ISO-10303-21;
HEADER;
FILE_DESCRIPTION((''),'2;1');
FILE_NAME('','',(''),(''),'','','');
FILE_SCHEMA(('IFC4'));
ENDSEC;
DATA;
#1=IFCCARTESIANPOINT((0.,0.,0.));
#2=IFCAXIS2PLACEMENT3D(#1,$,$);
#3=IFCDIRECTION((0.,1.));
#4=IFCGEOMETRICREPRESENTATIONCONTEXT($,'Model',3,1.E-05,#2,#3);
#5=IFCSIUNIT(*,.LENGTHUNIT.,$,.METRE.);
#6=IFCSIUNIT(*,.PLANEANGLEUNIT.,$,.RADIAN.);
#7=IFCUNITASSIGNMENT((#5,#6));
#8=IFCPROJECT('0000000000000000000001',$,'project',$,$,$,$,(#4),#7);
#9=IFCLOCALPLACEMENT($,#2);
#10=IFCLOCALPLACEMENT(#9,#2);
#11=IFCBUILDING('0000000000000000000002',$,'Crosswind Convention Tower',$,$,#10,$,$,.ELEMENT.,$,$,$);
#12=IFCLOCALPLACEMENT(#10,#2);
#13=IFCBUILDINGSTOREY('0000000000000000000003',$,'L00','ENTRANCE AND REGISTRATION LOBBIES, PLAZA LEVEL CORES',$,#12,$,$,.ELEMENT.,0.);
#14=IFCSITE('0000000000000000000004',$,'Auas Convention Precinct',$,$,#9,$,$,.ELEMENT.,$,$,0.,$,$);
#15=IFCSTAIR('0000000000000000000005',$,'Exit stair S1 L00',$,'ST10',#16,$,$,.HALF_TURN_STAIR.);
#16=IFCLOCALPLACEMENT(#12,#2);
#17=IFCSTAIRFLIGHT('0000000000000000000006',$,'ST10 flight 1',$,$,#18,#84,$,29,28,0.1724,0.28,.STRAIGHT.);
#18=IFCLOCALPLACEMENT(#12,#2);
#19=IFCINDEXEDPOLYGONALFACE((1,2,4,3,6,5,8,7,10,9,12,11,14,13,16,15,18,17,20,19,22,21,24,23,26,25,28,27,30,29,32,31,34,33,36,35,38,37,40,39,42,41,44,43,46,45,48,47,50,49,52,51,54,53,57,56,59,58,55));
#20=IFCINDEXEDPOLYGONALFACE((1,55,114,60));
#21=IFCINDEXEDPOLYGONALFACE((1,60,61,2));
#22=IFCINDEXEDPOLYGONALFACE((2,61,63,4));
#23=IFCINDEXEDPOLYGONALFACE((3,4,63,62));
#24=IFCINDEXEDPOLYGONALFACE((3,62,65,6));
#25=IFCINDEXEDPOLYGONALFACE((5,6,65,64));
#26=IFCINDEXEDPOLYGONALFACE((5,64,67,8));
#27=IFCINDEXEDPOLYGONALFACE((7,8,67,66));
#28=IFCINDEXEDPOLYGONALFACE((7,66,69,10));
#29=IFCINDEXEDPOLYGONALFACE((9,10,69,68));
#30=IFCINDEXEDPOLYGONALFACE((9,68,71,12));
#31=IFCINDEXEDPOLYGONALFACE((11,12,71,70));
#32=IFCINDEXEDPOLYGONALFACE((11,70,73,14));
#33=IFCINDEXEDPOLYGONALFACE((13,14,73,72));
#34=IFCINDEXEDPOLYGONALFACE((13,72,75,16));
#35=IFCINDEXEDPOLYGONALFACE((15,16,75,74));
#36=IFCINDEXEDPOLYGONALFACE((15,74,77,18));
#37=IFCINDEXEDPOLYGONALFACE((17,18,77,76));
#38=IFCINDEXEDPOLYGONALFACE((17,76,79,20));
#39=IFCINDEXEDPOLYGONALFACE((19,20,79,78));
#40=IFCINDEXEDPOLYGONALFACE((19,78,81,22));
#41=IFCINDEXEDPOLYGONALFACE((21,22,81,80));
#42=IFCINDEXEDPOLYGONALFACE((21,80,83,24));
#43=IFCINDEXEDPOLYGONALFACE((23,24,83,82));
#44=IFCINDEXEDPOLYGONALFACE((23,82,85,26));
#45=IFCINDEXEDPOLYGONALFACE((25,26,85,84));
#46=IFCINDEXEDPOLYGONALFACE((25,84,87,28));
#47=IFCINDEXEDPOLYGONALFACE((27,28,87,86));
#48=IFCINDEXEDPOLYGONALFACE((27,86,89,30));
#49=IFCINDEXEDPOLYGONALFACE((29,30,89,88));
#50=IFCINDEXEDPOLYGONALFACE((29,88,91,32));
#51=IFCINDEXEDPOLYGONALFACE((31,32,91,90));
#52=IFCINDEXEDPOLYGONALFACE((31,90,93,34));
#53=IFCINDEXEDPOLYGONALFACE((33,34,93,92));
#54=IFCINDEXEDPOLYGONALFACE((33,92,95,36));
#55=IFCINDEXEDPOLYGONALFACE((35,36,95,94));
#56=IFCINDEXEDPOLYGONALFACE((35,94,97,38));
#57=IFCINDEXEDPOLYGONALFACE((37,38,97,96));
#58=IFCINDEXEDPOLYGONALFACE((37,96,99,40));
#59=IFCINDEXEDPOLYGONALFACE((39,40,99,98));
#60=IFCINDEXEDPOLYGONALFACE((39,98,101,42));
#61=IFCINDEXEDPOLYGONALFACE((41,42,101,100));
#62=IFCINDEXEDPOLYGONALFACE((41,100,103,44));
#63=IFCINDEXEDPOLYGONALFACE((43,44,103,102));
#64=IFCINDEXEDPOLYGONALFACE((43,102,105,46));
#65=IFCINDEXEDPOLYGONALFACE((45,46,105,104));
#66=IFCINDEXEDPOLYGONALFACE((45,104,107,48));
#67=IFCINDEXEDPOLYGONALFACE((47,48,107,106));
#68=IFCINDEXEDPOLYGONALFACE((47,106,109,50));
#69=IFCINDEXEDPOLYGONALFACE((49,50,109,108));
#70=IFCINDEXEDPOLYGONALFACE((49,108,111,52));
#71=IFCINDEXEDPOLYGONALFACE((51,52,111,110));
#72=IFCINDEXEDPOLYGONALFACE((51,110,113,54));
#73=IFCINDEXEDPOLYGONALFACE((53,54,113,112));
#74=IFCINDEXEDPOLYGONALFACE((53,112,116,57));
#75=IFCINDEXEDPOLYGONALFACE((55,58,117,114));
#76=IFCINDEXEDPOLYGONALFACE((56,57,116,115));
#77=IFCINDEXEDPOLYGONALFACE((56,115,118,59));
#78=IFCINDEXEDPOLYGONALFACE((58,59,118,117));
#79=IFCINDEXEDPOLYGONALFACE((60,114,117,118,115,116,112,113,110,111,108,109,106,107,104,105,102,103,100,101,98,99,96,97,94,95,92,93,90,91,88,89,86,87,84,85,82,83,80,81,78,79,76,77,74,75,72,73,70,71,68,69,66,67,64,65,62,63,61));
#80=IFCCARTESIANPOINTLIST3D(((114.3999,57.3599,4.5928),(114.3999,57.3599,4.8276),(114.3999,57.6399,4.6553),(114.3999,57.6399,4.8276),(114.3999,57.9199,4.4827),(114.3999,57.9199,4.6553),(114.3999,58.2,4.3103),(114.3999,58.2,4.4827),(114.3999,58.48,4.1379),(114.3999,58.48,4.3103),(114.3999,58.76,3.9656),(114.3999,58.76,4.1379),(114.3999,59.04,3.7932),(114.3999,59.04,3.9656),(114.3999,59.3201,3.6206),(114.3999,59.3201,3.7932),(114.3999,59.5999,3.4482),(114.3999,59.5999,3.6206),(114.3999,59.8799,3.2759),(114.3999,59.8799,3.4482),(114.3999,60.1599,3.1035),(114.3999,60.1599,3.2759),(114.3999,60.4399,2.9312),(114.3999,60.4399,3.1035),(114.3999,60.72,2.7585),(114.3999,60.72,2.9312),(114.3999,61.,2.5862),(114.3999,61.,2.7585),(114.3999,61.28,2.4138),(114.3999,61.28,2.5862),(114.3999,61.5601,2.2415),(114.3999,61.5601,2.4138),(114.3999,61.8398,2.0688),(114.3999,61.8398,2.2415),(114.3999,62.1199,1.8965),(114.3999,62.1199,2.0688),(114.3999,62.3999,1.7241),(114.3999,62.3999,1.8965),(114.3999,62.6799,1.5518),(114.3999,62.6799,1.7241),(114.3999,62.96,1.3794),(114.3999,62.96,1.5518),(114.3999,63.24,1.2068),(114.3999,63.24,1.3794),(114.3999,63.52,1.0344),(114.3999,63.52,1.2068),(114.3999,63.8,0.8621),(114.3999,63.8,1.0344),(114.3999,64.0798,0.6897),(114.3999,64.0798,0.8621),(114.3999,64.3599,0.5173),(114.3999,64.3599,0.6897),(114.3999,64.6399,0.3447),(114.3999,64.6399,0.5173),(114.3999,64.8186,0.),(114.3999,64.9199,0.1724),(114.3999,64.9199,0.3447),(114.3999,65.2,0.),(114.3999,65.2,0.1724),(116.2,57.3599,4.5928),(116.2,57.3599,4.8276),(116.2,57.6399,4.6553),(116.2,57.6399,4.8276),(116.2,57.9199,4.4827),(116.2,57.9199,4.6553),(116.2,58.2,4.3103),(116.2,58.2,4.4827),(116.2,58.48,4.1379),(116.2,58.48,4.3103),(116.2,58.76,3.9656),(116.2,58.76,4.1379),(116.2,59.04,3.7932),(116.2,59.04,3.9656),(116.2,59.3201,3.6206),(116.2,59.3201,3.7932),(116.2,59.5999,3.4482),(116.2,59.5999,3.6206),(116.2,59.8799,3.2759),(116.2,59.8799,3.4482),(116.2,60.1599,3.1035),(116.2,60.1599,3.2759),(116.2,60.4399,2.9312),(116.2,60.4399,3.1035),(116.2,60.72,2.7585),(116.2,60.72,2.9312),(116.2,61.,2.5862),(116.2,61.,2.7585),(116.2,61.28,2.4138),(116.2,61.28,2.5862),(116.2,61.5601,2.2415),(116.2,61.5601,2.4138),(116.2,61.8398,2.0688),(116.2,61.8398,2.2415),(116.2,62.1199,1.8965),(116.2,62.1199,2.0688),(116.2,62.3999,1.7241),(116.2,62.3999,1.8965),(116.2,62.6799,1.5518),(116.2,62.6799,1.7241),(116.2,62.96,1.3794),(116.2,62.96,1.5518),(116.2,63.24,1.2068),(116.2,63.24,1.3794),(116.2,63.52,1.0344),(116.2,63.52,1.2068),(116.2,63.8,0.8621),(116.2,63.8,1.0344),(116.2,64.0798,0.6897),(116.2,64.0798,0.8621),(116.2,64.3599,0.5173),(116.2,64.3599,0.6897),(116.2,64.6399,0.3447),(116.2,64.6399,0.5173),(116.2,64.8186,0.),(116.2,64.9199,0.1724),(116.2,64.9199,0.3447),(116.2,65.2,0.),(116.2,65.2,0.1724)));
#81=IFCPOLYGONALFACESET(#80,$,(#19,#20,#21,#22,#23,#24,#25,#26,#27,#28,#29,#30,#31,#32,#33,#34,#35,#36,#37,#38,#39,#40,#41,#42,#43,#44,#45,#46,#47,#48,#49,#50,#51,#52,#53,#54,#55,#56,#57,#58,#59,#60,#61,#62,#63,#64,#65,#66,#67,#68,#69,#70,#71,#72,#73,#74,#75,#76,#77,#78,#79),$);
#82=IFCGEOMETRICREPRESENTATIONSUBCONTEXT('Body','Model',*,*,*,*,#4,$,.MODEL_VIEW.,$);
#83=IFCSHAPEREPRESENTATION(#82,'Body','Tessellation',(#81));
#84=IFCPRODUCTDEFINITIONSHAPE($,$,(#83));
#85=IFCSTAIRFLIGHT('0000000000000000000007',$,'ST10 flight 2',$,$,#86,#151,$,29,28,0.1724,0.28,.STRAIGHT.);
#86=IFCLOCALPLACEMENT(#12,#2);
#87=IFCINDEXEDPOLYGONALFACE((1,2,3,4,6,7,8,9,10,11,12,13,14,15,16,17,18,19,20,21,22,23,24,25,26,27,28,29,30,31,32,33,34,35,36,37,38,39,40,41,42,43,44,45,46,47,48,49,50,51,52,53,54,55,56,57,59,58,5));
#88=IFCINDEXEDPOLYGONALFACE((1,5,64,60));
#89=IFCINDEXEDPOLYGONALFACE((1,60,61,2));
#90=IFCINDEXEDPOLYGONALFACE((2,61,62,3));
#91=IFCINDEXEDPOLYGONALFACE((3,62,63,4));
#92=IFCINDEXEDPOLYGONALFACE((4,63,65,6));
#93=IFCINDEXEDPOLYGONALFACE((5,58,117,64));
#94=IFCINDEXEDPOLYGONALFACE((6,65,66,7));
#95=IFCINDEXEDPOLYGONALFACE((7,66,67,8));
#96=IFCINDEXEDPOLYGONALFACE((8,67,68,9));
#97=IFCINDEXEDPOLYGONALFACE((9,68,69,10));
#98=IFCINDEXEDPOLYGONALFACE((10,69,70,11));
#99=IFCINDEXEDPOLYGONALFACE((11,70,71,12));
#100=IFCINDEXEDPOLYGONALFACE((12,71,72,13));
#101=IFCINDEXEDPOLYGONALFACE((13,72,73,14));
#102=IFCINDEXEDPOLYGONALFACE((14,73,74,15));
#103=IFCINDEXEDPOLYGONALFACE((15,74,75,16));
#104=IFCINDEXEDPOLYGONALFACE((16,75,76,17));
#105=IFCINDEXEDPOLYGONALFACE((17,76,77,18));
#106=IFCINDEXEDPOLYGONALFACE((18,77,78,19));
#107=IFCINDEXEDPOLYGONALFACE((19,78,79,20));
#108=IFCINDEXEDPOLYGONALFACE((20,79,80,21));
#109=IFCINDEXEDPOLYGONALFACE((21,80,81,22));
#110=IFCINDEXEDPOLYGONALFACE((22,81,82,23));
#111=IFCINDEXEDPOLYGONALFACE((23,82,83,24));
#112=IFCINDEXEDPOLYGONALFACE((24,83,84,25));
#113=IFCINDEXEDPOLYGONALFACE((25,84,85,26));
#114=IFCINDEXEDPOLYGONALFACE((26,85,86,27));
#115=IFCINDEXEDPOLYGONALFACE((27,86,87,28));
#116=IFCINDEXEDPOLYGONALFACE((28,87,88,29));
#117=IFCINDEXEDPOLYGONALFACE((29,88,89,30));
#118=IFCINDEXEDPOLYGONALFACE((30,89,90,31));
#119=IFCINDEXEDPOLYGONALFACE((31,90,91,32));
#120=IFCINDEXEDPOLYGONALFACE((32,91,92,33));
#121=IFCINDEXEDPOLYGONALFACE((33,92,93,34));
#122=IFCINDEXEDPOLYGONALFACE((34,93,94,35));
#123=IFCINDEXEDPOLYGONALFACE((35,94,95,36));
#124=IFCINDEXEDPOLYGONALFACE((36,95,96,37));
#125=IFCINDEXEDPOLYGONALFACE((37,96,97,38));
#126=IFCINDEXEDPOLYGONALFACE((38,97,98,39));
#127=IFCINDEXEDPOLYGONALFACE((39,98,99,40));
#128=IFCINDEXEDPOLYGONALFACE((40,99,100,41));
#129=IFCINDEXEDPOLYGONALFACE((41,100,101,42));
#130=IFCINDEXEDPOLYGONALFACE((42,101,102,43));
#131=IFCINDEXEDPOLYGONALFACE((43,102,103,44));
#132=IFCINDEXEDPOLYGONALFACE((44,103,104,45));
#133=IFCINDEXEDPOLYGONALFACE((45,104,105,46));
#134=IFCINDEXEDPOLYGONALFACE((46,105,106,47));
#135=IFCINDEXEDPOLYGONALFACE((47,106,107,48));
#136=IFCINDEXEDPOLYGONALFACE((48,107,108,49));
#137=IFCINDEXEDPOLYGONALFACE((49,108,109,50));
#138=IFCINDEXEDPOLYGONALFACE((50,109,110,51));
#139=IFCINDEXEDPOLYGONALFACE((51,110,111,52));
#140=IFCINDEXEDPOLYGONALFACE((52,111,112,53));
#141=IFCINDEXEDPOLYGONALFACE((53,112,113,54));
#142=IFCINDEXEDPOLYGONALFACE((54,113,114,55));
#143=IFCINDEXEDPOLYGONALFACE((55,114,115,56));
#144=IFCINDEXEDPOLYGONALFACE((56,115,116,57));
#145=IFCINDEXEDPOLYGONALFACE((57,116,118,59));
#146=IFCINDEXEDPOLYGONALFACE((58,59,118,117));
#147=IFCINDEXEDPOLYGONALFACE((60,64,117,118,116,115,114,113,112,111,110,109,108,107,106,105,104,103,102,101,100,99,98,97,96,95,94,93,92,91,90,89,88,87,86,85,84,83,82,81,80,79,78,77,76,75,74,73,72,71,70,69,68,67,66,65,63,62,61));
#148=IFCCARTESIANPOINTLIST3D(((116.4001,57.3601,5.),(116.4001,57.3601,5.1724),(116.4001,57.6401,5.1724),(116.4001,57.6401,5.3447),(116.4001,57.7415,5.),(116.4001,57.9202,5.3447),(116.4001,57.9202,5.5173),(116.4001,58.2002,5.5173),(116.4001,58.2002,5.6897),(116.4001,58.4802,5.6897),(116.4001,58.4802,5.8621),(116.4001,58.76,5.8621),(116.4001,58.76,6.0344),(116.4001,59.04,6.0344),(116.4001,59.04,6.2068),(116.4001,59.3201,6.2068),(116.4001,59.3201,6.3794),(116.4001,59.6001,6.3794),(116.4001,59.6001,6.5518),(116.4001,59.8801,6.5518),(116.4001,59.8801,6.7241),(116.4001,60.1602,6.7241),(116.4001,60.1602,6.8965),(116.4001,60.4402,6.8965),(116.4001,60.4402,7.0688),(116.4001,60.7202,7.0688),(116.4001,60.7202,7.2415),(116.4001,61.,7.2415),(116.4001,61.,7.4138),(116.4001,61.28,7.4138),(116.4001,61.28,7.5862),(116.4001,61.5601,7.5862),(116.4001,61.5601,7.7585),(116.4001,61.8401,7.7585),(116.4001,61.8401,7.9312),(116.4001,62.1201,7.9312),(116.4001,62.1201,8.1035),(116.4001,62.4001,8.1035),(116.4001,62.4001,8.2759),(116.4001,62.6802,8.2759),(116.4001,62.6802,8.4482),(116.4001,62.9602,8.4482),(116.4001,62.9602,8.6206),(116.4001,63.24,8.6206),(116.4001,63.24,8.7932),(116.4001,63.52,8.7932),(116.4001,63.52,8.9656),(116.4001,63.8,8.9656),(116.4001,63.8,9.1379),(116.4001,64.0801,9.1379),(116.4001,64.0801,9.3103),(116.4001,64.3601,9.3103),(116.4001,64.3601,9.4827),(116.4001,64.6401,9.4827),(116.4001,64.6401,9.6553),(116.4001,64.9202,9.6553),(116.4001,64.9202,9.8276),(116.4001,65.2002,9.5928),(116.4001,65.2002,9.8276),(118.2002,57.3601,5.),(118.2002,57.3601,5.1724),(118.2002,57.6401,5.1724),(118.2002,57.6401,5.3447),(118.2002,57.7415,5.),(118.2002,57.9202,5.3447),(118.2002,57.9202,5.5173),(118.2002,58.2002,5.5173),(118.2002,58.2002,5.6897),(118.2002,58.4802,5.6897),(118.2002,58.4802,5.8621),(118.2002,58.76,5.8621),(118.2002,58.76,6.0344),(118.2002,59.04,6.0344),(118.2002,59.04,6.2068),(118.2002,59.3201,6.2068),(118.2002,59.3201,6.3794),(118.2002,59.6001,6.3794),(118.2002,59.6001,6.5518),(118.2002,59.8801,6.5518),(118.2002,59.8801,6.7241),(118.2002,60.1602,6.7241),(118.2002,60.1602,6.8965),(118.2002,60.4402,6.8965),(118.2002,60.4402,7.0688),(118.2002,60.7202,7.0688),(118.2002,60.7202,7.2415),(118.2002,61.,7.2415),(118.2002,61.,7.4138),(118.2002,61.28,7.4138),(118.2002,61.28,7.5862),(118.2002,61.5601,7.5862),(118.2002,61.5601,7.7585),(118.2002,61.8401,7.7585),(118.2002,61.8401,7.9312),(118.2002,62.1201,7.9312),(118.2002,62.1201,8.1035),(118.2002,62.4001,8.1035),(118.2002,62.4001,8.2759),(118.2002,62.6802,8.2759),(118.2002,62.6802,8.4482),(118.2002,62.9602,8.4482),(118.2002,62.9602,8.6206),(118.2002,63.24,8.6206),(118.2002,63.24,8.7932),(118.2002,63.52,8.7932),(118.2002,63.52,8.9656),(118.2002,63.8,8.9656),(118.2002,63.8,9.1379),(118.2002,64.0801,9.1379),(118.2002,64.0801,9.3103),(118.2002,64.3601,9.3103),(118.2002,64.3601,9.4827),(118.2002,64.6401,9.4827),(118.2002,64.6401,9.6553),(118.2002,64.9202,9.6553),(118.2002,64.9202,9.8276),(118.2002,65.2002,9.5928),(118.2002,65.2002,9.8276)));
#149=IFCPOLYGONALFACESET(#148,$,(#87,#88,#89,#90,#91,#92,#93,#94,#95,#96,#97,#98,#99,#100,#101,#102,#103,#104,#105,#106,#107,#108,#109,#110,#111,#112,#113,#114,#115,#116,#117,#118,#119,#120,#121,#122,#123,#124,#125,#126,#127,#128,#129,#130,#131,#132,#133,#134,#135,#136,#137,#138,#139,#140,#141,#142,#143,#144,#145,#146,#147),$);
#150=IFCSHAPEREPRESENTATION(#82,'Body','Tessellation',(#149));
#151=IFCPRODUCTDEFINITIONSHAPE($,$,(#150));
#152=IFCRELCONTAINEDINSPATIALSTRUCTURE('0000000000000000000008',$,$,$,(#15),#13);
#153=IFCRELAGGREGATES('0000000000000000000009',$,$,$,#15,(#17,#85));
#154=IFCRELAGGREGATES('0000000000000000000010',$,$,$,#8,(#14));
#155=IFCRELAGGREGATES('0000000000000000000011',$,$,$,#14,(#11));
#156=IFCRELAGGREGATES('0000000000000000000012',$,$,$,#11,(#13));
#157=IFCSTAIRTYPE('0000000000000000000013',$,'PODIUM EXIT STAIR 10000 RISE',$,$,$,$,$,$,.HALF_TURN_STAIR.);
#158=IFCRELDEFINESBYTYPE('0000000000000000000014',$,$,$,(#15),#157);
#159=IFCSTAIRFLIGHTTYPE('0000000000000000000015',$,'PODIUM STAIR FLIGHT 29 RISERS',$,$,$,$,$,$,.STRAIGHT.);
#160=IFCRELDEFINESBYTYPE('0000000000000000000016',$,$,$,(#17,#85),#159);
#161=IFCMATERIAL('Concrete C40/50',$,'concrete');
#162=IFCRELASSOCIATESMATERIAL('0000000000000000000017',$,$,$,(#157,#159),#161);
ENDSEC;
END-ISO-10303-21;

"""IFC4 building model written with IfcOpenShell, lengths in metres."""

from ifc_helpers import new_model, si_unit, direction, frame, origin, place, context, subcontext, project, spatial, polyline, outline, extrude, material, type_object, element, aggregate, save


model = new_model("IFC4")

# Units and contexts
model_context = context("Model", 3, precision=1e-05, world=origin(), true_north=direction((0.0, 1.0)))
body_context = subcontext(model_context, "Body", "Model", "MODEL_VIEW")
ifc_project = project(units=[si_unit("LENGTHUNIT", "METRE"), si_unit("PLANEANGLEUNIT", "RADIAN")], contexts=[model_context])

# Site, building, storey
site_placement = place(None, origin())
site = spatial("IfcSite", under=ifc_project, at=site_placement, Name="Auas Convention Precinct", CompositionType="ELEMENT", RefElevation=0.0)
building_placement = place(site_placement, origin())
building = spatial("IfcBuilding", under=site, at=building_placement, Name="Crosswind Convention Tower", CompositionType="ELEMENT")
storey_placement = place(building_placement, origin())
storey = spatial("IfcBuildingStorey", under=building, at=storey_placement, Name="L00", Description="ENTRANCE AND REGISTRATION LOBBIES, PLAZA LEVEL CORES", CompositionType="ELEMENT", Elevation=0.0)

# Shared definitions
ifc_material_1 = material(Name="Concrete C40/50", Category="concrete")

# Stair, stair flights
stair_type = type_object("IfcStairType", Name="PODIUM EXIT STAIR 10000 RISE", PredefinedType="HALF_TURN_STAIR", material=ifc_material_1)
stair_placement = place(storey_placement, origin())
stair = element("IfcStair", 1, at=stair_placement, inside=storey, type_object=stair_type, Name="Exit stair S1 L00", ObjectType="ST10", PredefinedType="HALF_TURN_STAIR")
stair_flight_type = type_object("IfcStairFlightType", Name="PODIUM STAIR FLIGHT 29 RISERS", PredefinedType="STRAIGHT", material=ifc_material_1)
stair_flight_1_placement = place(storey_placement, frame((115.3, 65.2, 0.0), z_axis=(0.0, 0.0, 1.0), x_axis=(0.0, -1.0, 0.0)))
stair_flight_1 = element("IfcStairFlight", 2, at=stair_flight_1_placement, type_object=stair_flight_type, Name="ST10 flight 1", NumberOfRisers=29, NumberOfTreads=28, PredefinedType="STRAIGHT", RiserHeight=0.1724, TreadLength=0.28, context=body_context, shape_type="SweptSolid", body=[
    extrude(outline(polyline([(0.0, 0.0), (0.0, 0.1724), (0.28, 0.1724), (0.28, 0.3447), (0.5601, 0.3447), (0.5601, 0.5173), (0.8401, 0.5173), (0.8401, 0.6897), (1.1201, 0.6897), (1.1201, 0.8621), (1.3999, 0.8621), (1.3999, 1.0344), (1.6799, 1.0344), (1.6799, 1.2068), (1.96, 1.2068), (1.96, 1.3794), (2.24, 1.3794), (2.24, 1.5518), (2.52, 1.5518), (2.52, 1.7241), (2.8, 1.7241), (2.8, 1.8965), (3.0801, 1.8965), (3.0801, 2.0688), (3.3601, 2.0688), (3.3601, 2.2415), (3.6399, 2.2415), (3.6399, 2.4138), (3.9199, 2.4138), (3.9199, 2.5862), (4.2, 2.5862), (4.2, 2.7585), (4.48, 2.7585), (4.48, 2.9312), (4.76, 2.9312), (4.76, 3.1035), (5.04, 3.1035), (5.04, 3.2759), (5.3201, 3.2759), (5.3201, 3.4482), (5.6001, 3.4482), (5.6001, 3.6206), (5.8799, 3.6206), (5.8799, 3.7932), (6.1599, 3.7932), (6.1599, 3.9656), (6.4399, 3.9656), (6.4399, 4.1379), (6.72, 4.1379), (6.72, 4.3103), (7.0, 4.3103), (7.0, 4.4827), (7.28, 4.4827), (7.28, 4.6553), (7.5601, 4.6553), (7.5601, 4.8276), (7.8401, 4.8276), (7.8401, 5.0), (7.8401, 4.5928), (0.3813, 0.0), (0.0, 0.0)])), frame((0.0, 0.8999, 0.0), z_axis=(0.0, -1.0, 0.0), x_axis=(1.0, 0.0, 0.0)), (0.0, 0.0, 1.0), 1.8),
])
stair_flight_2_placement = place(storey_placement, frame((117.3, 57.3601, 5.0), z_axis=(0.0, 0.0, 1.0), x_axis=(0.0, 1.0, 0.0)))
stair_flight_2 = element("IfcStairFlight", 3, at=stair_flight_2_placement, type_object=stair_flight_type, Name="ST10 flight 2", NumberOfRisers=29, NumberOfTreads=28, PredefinedType="STRAIGHT", RiserHeight=0.1724, TreadLength=0.28, context=body_context, shape_type="SweptSolid", body=[
    extrude(outline(polyline([(0.0, 0.0), (0.0, 0.1724), (0.28, 0.1724), (0.28, 0.3447), (0.5601, 0.3447), (0.5601, 0.5173), (0.8401, 0.5173), (0.8401, 0.6897), (1.1201, 0.6897), (1.1201, 0.8621), (1.3999, 0.8621), (1.3999, 1.0344), (1.6799, 1.0344), (1.6799, 1.2068), (1.96, 1.2068), (1.96, 1.3794), (2.24, 1.3794), (2.24, 1.5518), (2.52, 1.5518), (2.52, 1.7241), (2.8, 1.7241), (2.8, 1.8965), (3.0801, 1.8965), (3.0801, 2.0688), (3.3601, 2.0688), (3.3601, 2.2415), (3.6399, 2.2415), (3.6399, 2.4138), (3.9199, 2.4138), (3.9199, 2.5862), (4.2, 2.5862), (4.2, 2.7585), (4.48, 2.7585), (4.48, 2.9312), (4.76, 2.9312), (4.76, 3.1035), (5.04, 3.1035), (5.04, 3.2759), (5.3201, 3.2759), (5.3201, 3.4482), (5.6001, 3.4482), (5.6001, 3.6206), (5.8799, 3.6206), (5.8799, 3.7932), (6.1599, 3.7932), (6.1599, 3.9656), (6.4399, 3.9656), (6.4399, 4.1379), (6.72, 4.1379), (6.72, 4.3103), (7.0, 4.3103), (7.0, 4.4827), (7.28, 4.4827), (7.28, 4.6553), (7.5601, 4.6553), (7.5601, 4.8276), (7.8401, 4.8276), (7.8401, 5.0), (7.8401, 4.5928), (0.3813, 0.0), (0.0, 0.0)])), frame((0.0, 0.8999, 0.0), z_axis=(0.0, -1.0, 0.0), x_axis=(1.0, 0.0, 0.0)), (0.0, 0.0, 1.0), 1.8),
])
aggregate(stair, [stair_flight_1, stair_flight_2])

save(model, "model.ifc")
